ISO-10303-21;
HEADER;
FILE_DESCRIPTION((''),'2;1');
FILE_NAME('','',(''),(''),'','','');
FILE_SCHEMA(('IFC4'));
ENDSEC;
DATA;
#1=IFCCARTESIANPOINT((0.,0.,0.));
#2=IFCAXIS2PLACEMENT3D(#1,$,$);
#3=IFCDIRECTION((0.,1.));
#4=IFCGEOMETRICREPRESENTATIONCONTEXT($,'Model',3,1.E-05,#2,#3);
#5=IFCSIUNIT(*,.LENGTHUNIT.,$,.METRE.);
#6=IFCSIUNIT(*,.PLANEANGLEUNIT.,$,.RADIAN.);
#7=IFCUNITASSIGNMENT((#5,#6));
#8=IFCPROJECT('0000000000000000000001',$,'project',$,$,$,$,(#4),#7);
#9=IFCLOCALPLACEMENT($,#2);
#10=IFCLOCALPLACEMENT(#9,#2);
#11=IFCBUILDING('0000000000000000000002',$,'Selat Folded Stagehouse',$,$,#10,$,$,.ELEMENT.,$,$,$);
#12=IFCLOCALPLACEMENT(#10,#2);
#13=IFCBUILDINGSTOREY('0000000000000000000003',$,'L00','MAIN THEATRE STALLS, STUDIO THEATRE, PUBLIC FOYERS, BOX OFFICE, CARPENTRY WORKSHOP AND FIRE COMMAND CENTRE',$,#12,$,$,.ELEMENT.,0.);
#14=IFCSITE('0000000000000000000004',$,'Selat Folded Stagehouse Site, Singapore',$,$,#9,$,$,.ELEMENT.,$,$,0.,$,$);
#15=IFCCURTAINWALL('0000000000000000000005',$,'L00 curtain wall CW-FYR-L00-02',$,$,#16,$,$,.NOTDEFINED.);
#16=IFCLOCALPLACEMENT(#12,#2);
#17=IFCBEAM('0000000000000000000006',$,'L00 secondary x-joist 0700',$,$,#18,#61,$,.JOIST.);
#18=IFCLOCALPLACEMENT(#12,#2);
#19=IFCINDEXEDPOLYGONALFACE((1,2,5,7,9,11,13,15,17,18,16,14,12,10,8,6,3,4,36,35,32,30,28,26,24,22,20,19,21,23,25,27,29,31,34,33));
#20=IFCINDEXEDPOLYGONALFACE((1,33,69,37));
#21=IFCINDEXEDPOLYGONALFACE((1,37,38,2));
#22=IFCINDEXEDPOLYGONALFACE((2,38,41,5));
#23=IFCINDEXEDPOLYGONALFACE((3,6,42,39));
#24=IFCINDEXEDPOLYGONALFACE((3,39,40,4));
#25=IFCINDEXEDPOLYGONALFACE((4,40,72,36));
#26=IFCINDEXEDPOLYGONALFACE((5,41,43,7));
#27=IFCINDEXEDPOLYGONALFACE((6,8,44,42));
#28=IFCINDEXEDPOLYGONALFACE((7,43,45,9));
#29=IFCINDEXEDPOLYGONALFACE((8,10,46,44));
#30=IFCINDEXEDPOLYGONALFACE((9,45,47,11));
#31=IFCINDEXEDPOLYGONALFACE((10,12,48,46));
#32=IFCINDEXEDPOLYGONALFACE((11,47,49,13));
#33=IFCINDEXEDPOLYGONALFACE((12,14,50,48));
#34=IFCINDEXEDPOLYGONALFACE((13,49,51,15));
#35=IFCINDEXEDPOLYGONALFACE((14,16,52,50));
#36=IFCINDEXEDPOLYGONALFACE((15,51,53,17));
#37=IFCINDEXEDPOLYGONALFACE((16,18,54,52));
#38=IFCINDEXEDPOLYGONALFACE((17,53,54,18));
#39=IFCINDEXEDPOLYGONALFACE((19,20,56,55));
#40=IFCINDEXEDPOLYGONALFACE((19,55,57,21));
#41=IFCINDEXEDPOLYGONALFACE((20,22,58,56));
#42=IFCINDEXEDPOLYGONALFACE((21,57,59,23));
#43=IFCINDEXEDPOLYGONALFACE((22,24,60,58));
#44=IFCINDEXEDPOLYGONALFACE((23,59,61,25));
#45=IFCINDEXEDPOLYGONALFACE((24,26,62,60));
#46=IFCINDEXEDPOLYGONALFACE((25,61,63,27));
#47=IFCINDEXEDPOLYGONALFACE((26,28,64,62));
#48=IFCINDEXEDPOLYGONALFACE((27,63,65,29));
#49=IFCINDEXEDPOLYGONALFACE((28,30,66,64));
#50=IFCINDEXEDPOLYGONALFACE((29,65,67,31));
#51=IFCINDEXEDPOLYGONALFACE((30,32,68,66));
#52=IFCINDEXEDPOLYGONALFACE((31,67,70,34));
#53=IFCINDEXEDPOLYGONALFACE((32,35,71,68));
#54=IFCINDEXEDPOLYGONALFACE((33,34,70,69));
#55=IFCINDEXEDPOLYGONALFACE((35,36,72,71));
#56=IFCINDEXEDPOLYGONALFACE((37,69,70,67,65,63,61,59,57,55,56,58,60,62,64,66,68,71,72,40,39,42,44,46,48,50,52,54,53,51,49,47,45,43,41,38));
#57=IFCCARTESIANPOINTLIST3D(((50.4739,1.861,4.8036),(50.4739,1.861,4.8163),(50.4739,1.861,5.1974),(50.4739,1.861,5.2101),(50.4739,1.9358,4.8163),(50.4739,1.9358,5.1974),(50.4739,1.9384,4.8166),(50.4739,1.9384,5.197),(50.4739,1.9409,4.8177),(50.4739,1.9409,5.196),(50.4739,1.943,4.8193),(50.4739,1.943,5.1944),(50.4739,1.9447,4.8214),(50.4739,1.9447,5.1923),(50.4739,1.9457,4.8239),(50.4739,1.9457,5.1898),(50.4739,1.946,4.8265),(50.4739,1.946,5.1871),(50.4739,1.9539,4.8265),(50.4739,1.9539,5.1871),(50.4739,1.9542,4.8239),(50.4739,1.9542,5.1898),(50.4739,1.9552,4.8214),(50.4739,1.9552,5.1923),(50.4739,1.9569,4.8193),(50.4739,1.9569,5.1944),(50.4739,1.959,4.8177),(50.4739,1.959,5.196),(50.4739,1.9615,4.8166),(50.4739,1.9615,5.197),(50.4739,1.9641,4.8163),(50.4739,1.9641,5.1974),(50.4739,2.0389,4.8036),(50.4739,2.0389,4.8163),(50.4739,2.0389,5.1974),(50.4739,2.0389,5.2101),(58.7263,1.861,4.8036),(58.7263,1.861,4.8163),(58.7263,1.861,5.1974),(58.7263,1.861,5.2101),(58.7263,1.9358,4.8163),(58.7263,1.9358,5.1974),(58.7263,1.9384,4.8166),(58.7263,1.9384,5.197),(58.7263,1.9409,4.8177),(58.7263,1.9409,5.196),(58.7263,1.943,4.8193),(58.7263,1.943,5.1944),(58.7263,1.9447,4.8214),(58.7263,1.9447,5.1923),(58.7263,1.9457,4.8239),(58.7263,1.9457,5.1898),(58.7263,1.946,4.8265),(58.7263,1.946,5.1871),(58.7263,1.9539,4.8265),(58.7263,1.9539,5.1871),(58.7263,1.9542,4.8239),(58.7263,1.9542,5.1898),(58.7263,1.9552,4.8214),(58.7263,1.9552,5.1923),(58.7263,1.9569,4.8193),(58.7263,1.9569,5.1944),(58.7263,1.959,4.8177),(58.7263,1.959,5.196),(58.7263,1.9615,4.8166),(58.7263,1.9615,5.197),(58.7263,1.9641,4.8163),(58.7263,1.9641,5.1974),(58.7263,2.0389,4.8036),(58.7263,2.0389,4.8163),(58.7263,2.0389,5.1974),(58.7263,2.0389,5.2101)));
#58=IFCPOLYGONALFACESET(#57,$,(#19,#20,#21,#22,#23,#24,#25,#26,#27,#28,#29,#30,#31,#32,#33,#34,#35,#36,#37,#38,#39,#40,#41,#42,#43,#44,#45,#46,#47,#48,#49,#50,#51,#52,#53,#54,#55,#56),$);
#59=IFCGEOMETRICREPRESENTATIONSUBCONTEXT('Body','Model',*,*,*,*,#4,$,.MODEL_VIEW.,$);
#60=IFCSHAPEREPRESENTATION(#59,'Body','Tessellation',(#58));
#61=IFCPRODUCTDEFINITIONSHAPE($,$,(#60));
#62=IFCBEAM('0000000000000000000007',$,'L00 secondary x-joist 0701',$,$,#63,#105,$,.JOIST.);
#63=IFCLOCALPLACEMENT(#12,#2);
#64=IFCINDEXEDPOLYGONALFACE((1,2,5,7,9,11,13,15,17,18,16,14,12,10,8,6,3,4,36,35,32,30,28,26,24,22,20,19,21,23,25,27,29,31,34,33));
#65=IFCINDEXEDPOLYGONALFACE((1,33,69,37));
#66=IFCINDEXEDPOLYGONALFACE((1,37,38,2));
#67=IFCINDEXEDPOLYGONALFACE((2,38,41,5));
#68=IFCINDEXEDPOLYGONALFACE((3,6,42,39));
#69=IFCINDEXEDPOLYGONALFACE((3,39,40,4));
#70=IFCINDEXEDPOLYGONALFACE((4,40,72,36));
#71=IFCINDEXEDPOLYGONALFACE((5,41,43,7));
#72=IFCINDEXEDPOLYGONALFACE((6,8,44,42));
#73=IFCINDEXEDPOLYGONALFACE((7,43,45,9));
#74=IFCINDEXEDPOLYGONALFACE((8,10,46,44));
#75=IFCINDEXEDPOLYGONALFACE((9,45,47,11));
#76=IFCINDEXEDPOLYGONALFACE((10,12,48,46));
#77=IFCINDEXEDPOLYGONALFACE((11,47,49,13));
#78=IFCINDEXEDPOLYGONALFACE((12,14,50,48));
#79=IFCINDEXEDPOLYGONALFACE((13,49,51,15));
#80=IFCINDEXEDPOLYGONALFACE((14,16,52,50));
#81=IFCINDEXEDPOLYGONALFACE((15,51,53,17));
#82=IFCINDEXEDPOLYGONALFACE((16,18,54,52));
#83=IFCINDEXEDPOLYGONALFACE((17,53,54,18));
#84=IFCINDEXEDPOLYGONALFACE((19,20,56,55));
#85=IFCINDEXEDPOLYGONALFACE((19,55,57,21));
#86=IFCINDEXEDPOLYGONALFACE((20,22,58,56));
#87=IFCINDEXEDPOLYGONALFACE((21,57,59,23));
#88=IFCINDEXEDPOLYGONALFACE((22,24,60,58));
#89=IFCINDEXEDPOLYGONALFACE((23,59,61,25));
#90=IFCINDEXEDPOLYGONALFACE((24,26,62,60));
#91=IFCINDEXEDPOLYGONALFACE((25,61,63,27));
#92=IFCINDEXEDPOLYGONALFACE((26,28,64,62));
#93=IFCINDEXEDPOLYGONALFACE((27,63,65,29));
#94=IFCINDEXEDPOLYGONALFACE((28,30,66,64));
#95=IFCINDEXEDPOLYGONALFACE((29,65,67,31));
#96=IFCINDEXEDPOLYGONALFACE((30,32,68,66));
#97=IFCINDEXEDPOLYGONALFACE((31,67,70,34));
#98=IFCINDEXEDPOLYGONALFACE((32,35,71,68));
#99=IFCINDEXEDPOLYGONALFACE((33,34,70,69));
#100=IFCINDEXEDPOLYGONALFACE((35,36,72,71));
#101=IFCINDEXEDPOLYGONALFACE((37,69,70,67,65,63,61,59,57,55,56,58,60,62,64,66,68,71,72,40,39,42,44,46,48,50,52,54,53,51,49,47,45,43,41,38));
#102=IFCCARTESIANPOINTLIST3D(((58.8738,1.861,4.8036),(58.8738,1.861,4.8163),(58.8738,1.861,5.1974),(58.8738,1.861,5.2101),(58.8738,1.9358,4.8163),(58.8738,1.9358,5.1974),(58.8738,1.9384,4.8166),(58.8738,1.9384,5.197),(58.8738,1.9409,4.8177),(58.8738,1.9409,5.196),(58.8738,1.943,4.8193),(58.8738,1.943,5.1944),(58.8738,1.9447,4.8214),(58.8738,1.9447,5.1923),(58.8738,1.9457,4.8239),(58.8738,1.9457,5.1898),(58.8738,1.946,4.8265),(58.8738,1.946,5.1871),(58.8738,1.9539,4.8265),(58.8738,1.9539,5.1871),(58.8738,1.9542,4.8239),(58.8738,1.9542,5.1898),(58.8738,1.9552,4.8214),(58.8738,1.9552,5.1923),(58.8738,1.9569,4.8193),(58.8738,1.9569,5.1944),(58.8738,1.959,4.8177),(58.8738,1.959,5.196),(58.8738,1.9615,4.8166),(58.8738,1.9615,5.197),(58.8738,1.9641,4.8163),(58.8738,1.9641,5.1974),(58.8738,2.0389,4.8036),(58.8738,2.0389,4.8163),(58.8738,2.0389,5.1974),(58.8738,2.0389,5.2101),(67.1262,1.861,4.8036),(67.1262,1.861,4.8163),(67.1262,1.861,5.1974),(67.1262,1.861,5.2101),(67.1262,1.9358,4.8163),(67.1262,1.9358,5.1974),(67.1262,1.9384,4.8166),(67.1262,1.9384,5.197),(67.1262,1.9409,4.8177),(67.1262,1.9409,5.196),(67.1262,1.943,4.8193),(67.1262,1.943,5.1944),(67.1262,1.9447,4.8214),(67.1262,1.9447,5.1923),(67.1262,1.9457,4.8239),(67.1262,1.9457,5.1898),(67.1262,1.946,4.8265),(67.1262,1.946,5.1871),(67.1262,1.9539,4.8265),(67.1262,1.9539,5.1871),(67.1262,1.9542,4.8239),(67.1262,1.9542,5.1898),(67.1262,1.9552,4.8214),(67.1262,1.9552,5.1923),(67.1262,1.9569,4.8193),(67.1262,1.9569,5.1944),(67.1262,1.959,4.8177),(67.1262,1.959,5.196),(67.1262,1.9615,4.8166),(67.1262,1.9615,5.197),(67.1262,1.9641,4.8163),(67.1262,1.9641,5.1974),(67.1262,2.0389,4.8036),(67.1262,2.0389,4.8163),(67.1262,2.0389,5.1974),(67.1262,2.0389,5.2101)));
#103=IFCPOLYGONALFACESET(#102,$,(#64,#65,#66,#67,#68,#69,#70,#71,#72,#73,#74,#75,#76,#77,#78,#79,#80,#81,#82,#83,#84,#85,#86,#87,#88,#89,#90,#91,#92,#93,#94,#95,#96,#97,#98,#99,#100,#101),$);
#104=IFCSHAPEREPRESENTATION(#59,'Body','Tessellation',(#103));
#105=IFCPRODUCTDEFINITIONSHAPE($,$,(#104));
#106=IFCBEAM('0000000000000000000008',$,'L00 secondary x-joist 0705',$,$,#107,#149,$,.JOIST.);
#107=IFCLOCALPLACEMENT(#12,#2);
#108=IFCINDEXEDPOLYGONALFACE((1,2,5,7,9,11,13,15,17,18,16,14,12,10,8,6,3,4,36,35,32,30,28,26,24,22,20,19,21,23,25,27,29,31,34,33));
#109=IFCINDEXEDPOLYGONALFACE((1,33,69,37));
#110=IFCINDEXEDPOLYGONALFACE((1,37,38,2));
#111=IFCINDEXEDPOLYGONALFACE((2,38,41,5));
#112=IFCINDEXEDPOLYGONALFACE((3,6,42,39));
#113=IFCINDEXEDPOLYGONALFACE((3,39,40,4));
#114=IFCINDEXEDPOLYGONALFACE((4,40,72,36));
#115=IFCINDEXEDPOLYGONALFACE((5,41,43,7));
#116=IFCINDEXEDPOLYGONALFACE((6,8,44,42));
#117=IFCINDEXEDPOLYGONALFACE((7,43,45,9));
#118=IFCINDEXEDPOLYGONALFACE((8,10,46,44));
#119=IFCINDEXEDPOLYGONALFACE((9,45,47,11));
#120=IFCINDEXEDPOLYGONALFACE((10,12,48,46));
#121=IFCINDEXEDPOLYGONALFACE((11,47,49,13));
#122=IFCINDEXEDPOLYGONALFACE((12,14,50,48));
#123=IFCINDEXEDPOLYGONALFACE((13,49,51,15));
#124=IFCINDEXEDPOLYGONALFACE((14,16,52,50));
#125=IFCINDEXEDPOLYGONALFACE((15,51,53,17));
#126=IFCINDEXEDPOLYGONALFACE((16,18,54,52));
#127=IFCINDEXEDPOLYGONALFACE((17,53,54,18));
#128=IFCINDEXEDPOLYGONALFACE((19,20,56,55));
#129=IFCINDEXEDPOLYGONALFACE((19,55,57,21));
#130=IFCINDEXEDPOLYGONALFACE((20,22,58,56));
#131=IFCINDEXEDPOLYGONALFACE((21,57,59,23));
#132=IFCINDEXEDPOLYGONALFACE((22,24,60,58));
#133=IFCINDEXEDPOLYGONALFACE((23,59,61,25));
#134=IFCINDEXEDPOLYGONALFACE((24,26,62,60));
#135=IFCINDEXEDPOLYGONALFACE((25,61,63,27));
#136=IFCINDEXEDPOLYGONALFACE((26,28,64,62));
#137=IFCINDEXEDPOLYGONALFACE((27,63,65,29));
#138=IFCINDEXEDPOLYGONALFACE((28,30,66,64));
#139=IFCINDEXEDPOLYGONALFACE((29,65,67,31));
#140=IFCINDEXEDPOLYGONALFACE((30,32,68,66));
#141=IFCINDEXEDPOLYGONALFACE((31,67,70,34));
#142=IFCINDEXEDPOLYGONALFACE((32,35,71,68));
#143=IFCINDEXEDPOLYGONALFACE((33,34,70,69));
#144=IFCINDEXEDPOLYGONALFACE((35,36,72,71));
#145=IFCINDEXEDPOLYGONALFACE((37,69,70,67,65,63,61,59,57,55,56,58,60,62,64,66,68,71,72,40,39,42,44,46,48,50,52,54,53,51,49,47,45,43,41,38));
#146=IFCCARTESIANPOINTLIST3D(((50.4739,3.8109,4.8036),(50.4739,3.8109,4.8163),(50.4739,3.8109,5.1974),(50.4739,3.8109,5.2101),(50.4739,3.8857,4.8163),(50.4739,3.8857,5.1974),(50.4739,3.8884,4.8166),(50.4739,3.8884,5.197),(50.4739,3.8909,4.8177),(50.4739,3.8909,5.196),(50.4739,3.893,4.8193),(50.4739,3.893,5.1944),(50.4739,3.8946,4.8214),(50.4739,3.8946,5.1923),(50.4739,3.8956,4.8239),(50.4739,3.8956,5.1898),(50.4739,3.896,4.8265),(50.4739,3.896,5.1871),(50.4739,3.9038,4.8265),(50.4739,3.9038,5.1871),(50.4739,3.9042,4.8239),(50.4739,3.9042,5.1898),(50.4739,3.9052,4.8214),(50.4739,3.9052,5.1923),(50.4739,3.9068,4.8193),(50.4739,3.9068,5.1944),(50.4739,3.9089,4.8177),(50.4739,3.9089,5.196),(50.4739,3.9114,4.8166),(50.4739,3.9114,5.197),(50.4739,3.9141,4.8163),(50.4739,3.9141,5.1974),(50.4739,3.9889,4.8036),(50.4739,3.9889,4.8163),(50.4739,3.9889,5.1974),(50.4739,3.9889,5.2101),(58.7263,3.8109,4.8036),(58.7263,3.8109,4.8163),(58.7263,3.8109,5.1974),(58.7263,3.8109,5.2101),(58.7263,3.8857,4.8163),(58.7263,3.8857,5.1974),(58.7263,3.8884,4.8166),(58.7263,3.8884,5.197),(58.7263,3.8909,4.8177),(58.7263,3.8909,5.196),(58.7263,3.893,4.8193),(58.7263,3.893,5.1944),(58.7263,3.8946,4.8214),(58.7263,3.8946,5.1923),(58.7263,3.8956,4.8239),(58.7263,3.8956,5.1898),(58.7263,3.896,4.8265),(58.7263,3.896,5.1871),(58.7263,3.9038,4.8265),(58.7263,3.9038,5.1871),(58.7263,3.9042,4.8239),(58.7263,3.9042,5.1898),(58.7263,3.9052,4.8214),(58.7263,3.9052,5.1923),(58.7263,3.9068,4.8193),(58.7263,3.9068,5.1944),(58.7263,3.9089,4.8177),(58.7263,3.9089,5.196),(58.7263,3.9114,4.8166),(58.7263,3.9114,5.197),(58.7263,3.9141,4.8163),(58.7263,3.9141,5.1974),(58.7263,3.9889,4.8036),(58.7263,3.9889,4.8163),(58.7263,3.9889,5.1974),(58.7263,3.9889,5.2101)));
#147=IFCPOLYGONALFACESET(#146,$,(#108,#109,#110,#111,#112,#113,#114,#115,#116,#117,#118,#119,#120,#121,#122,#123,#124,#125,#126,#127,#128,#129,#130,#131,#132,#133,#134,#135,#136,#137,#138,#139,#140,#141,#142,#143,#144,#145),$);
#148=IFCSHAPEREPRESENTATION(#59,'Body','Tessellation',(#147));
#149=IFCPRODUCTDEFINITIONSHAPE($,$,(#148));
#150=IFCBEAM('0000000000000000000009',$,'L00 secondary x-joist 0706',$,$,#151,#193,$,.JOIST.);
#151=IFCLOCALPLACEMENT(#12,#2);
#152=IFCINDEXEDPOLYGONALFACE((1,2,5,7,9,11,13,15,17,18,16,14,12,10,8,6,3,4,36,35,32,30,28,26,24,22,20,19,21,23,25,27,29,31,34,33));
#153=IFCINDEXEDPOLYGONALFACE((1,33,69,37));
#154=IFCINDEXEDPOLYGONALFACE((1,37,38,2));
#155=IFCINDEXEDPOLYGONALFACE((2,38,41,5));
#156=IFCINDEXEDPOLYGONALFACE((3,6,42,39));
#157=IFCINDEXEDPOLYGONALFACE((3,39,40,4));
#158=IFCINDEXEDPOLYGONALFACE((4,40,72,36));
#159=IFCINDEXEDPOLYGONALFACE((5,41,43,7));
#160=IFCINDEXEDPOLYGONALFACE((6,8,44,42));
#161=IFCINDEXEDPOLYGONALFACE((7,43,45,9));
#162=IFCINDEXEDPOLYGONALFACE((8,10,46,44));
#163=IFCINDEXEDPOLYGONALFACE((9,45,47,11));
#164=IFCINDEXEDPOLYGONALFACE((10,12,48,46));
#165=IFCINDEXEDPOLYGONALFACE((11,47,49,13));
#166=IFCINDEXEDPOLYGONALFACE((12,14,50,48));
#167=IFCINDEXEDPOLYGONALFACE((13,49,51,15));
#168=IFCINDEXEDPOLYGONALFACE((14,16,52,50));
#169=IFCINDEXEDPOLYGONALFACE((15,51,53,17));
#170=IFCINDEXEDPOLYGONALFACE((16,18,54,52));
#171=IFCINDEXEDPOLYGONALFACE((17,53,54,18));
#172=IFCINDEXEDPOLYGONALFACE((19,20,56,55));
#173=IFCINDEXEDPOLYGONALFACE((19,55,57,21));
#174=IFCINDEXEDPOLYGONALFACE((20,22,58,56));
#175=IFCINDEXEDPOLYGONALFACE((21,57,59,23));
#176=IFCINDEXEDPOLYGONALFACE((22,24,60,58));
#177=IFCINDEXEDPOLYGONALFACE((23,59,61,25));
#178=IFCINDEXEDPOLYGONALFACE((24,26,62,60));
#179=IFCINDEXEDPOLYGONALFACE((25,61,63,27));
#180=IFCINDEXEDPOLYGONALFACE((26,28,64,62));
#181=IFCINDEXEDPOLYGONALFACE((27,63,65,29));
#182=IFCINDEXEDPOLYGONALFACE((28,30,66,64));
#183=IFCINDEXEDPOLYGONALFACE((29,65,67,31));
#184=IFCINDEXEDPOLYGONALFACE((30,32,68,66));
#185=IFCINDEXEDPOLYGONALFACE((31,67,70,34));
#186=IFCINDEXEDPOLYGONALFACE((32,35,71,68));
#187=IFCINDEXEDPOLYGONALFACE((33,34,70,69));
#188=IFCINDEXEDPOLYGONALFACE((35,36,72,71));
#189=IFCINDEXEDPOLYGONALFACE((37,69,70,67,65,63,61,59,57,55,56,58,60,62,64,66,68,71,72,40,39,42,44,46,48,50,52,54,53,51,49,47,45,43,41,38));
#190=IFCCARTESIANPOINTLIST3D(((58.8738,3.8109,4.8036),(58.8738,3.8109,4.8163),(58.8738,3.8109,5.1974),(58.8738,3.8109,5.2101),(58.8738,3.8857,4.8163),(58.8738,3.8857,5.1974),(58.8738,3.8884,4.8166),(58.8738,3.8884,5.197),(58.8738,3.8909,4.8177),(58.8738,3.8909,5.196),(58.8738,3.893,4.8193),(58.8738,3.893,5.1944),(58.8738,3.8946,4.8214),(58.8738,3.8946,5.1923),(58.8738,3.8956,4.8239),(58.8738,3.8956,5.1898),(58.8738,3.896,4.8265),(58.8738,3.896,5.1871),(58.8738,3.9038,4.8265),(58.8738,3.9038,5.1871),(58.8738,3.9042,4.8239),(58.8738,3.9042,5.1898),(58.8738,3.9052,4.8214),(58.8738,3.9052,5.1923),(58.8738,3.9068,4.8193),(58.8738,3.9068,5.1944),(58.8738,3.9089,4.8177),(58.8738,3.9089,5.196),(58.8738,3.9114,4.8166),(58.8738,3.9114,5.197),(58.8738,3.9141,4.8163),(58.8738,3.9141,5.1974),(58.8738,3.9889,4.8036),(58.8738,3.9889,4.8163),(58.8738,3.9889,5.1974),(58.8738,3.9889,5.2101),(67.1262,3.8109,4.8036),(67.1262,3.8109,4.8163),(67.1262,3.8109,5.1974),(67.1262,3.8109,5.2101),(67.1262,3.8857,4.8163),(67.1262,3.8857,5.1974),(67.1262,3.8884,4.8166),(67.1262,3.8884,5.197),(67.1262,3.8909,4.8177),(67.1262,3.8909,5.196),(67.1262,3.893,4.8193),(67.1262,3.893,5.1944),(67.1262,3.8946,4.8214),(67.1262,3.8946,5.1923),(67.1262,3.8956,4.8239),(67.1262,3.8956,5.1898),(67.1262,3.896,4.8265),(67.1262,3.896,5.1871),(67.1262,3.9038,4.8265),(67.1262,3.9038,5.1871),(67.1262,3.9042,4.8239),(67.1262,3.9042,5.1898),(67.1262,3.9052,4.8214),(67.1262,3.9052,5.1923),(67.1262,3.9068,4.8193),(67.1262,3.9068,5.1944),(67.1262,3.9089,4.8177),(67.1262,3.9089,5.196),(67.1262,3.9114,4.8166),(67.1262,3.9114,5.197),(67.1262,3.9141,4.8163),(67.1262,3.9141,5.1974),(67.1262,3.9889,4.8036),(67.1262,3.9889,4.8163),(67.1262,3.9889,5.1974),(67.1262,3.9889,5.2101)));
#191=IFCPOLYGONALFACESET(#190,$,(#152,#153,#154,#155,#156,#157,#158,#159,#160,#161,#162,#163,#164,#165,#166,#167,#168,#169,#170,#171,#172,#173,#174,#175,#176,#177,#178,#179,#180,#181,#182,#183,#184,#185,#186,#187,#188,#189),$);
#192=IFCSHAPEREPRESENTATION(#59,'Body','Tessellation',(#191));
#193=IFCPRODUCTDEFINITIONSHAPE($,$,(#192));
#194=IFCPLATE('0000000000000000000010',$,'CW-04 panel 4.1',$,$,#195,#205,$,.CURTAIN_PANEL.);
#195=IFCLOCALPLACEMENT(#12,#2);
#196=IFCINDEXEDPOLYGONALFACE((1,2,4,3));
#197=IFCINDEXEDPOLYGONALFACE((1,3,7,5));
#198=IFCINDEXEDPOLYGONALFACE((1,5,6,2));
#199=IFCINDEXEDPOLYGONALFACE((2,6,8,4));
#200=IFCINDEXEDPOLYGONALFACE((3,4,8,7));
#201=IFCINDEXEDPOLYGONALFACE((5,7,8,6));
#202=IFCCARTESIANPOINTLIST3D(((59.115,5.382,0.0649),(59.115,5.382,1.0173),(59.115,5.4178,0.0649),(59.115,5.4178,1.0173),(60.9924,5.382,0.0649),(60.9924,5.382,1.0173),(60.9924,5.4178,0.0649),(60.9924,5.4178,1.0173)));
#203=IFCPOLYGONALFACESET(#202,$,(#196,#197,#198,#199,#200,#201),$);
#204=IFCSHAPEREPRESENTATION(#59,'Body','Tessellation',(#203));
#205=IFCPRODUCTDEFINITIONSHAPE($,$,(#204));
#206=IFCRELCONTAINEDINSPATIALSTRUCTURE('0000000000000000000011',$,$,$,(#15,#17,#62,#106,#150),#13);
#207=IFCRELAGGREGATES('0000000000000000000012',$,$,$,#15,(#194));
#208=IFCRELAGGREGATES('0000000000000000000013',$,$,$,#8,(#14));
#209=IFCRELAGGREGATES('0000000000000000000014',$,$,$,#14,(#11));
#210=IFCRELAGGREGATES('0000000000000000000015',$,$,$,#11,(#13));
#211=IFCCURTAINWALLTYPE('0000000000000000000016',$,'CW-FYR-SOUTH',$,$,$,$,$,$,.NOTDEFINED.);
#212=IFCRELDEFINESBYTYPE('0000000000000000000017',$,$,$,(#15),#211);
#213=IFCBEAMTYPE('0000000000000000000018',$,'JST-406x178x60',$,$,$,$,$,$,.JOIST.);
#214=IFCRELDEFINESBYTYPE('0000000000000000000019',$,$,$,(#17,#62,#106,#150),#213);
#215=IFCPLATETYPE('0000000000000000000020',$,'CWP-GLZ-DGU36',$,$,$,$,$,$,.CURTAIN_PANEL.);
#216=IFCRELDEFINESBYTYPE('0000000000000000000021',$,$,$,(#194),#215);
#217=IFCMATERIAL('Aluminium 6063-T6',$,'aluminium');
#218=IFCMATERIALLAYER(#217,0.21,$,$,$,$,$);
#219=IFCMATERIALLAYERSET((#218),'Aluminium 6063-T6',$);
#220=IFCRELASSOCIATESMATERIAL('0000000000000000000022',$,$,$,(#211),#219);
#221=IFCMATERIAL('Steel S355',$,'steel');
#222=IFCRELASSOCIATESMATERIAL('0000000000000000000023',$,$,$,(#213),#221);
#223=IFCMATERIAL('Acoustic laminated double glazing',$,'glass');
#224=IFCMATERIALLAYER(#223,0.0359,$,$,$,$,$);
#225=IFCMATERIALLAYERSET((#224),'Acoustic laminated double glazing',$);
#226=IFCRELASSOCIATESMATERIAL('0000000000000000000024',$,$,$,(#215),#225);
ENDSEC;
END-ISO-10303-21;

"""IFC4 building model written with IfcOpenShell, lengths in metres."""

from ifc_helpers import new_model, si_unit, direction, frame, origin, origin_2d, place, context, subcontext, project, spatial, rectangle, i_section, extrude, material, layer, layer_set, material_profile, profile_set, type_object, element, aggregate, save


model = new_model("IFC4")

# Units and contexts
model_context = context("Model", 3, precision=1e-05, world=origin(), true_north=direction((0.0, 1.0)))
body_context = subcontext(model_context, "Body", "Model", "MODEL_VIEW")
ifc_project = project(units=[si_unit("LENGTHUNIT", "METRE"), si_unit("PLANEANGLEUNIT", "RADIAN")], contexts=[model_context])

# Site, building, storey
site_placement = place(None, origin())
site = spatial("IfcSite", under=ifc_project, at=site_placement, Name="Selat Folded Stagehouse Site, Singapore", CompositionType="ELEMENT", RefElevation=0.0)
building_placement = place(site_placement, origin())
building = spatial("IfcBuilding", under=site, at=building_placement, Name="Selat Folded Stagehouse", CompositionType="ELEMENT")
storey_placement = place(building_placement, origin())
storey = spatial("IfcBuildingStorey", under=building, at=storey_placement, Name="L00", Description="MAIN THEATRE STALLS, STUDIO THEATRE, PUBLIC FOYERS, BOX OFFICE, CARPENTRY WORKSHOP AND FIRE COMMAND CENTRE", CompositionType="ELEMENT", Elevation=0.0)

# Shared definitions
ifc_material_1 = material(Name="Steel S355", Category="steel")

# Curtain wall
ifc_material_2 = material(Name="Aluminium 6063-T6", Category="aluminium")
ifc_layer_1 = layer(ifc_material_2, 0.21)
ifc_layer_set_1 = layer_set([ifc_layer_1], Name="Aluminium 6063-T6")
curtain_wall_type = type_object("IfcCurtainWallType", Name="CW-FYR-SOUTH", PredefinedType="NOTDEFINED", material=ifc_layer_set_1)
curtain_wall_placement = place(storey_placement, origin())
curtain_wall = element("IfcCurtainWall", 1, at=curtain_wall_placement, inside=storey, type_object=curtain_wall_type, Name="L00 curtain wall CW-FYR-L00-02", PredefinedType="NOTDEFINED")

# Beams
ifc_material_profile_1 = material_profile(ifc_material_1, i_section(OverallWidth=0.178, OverallDepth=0.4065, WebThickness=0.0078, FlangeThickness=0.0127, FilletRadius=0.0103, at=origin_2d()), Name="UKB 406x178x60")
ifc_profile_set_1 = profile_set([ifc_material_profile_1], Name="Steel S355")
beam_type_1 = type_object("IfcBeamType", Name="JST-406x178x60", PredefinedType="JOIST", material=ifc_profile_set_1)
for number, where, z_axis, x_axis, name in (
    (2, (50.4739, 1.95, 5.0068), (1.0, 0.0, 0.0), (0.0, 1.0, 0.0), "L00 secondary x-joist 0700"),
    (3, (58.8738, 1.95, 5.0068), (1.0, 0.0, 0.0), (0.0, 1.0, 0.0), "L00 secondary x-joist 0701"),
    (4, (50.4739, 3.8999, 5.0068), (1.0, 0.0, 0.0), (0.0, 1.0, 0.0), "L00 secondary x-joist 0705"),
    (5, (58.8738, 3.8999, 5.0068), (1.0, 0.0, 0.0), (0.0, 1.0, 0.0), "L00 secondary x-joist 0706"),
):
    element("IfcBeam", number, at=place(storey_placement, frame(where, z_axis=z_axis, x_axis=x_axis)), inside=storey, type_object=beam_type_1, Name=name, PredefinedType="JOIST", context=body_context, shape_type="SweptSolid", body=[
        extrude(i_section(OverallWidth=0.178, OverallDepth=0.4065, WebThickness=0.0078, FlangeThickness=0.0127, FilletRadius=0.0103, at=origin_2d()), origin(), (0.0, 0.0, 1.0), 8.2524),
    ])

# Plate
ifc_material_3 = material(Name="Acoustic laminated double glazing", Category="glass")
ifc_layer_2 = layer(ifc_material_3, 0.0359)
ifc_layer_set_2 = layer_set([ifc_layer_2], Name="Acoustic laminated double glazing")
plate_type = type_object("IfcPlateType", Name="CWP-GLZ-DGU36", PredefinedType="CURTAIN_PANEL", material=ifc_layer_set_2)
plate_1_placement = place(storey_placement, frame((60.0537, 5.3999, 0.0649), z_axis=(0.0, 0.0, 1.0), x_axis=(-1.0, 0.0, 0.0)))
plate_1 = element("IfcPlate", 6, at=plate_1_placement, type_object=plate_type, Name="CW-04 panel 4.1", PredefinedType="CURTAIN_PANEL", context=body_context, shape_type="SweptSolid", body=[
    extrude(rectangle(XDim=1.8774, YDim=0.0359, at=origin_2d()), origin(), (0.0, 0.0, 1.0), 0.9524),
])
aggregate(curtain_wall, [plate_1])

save(model, "model.ifc")
